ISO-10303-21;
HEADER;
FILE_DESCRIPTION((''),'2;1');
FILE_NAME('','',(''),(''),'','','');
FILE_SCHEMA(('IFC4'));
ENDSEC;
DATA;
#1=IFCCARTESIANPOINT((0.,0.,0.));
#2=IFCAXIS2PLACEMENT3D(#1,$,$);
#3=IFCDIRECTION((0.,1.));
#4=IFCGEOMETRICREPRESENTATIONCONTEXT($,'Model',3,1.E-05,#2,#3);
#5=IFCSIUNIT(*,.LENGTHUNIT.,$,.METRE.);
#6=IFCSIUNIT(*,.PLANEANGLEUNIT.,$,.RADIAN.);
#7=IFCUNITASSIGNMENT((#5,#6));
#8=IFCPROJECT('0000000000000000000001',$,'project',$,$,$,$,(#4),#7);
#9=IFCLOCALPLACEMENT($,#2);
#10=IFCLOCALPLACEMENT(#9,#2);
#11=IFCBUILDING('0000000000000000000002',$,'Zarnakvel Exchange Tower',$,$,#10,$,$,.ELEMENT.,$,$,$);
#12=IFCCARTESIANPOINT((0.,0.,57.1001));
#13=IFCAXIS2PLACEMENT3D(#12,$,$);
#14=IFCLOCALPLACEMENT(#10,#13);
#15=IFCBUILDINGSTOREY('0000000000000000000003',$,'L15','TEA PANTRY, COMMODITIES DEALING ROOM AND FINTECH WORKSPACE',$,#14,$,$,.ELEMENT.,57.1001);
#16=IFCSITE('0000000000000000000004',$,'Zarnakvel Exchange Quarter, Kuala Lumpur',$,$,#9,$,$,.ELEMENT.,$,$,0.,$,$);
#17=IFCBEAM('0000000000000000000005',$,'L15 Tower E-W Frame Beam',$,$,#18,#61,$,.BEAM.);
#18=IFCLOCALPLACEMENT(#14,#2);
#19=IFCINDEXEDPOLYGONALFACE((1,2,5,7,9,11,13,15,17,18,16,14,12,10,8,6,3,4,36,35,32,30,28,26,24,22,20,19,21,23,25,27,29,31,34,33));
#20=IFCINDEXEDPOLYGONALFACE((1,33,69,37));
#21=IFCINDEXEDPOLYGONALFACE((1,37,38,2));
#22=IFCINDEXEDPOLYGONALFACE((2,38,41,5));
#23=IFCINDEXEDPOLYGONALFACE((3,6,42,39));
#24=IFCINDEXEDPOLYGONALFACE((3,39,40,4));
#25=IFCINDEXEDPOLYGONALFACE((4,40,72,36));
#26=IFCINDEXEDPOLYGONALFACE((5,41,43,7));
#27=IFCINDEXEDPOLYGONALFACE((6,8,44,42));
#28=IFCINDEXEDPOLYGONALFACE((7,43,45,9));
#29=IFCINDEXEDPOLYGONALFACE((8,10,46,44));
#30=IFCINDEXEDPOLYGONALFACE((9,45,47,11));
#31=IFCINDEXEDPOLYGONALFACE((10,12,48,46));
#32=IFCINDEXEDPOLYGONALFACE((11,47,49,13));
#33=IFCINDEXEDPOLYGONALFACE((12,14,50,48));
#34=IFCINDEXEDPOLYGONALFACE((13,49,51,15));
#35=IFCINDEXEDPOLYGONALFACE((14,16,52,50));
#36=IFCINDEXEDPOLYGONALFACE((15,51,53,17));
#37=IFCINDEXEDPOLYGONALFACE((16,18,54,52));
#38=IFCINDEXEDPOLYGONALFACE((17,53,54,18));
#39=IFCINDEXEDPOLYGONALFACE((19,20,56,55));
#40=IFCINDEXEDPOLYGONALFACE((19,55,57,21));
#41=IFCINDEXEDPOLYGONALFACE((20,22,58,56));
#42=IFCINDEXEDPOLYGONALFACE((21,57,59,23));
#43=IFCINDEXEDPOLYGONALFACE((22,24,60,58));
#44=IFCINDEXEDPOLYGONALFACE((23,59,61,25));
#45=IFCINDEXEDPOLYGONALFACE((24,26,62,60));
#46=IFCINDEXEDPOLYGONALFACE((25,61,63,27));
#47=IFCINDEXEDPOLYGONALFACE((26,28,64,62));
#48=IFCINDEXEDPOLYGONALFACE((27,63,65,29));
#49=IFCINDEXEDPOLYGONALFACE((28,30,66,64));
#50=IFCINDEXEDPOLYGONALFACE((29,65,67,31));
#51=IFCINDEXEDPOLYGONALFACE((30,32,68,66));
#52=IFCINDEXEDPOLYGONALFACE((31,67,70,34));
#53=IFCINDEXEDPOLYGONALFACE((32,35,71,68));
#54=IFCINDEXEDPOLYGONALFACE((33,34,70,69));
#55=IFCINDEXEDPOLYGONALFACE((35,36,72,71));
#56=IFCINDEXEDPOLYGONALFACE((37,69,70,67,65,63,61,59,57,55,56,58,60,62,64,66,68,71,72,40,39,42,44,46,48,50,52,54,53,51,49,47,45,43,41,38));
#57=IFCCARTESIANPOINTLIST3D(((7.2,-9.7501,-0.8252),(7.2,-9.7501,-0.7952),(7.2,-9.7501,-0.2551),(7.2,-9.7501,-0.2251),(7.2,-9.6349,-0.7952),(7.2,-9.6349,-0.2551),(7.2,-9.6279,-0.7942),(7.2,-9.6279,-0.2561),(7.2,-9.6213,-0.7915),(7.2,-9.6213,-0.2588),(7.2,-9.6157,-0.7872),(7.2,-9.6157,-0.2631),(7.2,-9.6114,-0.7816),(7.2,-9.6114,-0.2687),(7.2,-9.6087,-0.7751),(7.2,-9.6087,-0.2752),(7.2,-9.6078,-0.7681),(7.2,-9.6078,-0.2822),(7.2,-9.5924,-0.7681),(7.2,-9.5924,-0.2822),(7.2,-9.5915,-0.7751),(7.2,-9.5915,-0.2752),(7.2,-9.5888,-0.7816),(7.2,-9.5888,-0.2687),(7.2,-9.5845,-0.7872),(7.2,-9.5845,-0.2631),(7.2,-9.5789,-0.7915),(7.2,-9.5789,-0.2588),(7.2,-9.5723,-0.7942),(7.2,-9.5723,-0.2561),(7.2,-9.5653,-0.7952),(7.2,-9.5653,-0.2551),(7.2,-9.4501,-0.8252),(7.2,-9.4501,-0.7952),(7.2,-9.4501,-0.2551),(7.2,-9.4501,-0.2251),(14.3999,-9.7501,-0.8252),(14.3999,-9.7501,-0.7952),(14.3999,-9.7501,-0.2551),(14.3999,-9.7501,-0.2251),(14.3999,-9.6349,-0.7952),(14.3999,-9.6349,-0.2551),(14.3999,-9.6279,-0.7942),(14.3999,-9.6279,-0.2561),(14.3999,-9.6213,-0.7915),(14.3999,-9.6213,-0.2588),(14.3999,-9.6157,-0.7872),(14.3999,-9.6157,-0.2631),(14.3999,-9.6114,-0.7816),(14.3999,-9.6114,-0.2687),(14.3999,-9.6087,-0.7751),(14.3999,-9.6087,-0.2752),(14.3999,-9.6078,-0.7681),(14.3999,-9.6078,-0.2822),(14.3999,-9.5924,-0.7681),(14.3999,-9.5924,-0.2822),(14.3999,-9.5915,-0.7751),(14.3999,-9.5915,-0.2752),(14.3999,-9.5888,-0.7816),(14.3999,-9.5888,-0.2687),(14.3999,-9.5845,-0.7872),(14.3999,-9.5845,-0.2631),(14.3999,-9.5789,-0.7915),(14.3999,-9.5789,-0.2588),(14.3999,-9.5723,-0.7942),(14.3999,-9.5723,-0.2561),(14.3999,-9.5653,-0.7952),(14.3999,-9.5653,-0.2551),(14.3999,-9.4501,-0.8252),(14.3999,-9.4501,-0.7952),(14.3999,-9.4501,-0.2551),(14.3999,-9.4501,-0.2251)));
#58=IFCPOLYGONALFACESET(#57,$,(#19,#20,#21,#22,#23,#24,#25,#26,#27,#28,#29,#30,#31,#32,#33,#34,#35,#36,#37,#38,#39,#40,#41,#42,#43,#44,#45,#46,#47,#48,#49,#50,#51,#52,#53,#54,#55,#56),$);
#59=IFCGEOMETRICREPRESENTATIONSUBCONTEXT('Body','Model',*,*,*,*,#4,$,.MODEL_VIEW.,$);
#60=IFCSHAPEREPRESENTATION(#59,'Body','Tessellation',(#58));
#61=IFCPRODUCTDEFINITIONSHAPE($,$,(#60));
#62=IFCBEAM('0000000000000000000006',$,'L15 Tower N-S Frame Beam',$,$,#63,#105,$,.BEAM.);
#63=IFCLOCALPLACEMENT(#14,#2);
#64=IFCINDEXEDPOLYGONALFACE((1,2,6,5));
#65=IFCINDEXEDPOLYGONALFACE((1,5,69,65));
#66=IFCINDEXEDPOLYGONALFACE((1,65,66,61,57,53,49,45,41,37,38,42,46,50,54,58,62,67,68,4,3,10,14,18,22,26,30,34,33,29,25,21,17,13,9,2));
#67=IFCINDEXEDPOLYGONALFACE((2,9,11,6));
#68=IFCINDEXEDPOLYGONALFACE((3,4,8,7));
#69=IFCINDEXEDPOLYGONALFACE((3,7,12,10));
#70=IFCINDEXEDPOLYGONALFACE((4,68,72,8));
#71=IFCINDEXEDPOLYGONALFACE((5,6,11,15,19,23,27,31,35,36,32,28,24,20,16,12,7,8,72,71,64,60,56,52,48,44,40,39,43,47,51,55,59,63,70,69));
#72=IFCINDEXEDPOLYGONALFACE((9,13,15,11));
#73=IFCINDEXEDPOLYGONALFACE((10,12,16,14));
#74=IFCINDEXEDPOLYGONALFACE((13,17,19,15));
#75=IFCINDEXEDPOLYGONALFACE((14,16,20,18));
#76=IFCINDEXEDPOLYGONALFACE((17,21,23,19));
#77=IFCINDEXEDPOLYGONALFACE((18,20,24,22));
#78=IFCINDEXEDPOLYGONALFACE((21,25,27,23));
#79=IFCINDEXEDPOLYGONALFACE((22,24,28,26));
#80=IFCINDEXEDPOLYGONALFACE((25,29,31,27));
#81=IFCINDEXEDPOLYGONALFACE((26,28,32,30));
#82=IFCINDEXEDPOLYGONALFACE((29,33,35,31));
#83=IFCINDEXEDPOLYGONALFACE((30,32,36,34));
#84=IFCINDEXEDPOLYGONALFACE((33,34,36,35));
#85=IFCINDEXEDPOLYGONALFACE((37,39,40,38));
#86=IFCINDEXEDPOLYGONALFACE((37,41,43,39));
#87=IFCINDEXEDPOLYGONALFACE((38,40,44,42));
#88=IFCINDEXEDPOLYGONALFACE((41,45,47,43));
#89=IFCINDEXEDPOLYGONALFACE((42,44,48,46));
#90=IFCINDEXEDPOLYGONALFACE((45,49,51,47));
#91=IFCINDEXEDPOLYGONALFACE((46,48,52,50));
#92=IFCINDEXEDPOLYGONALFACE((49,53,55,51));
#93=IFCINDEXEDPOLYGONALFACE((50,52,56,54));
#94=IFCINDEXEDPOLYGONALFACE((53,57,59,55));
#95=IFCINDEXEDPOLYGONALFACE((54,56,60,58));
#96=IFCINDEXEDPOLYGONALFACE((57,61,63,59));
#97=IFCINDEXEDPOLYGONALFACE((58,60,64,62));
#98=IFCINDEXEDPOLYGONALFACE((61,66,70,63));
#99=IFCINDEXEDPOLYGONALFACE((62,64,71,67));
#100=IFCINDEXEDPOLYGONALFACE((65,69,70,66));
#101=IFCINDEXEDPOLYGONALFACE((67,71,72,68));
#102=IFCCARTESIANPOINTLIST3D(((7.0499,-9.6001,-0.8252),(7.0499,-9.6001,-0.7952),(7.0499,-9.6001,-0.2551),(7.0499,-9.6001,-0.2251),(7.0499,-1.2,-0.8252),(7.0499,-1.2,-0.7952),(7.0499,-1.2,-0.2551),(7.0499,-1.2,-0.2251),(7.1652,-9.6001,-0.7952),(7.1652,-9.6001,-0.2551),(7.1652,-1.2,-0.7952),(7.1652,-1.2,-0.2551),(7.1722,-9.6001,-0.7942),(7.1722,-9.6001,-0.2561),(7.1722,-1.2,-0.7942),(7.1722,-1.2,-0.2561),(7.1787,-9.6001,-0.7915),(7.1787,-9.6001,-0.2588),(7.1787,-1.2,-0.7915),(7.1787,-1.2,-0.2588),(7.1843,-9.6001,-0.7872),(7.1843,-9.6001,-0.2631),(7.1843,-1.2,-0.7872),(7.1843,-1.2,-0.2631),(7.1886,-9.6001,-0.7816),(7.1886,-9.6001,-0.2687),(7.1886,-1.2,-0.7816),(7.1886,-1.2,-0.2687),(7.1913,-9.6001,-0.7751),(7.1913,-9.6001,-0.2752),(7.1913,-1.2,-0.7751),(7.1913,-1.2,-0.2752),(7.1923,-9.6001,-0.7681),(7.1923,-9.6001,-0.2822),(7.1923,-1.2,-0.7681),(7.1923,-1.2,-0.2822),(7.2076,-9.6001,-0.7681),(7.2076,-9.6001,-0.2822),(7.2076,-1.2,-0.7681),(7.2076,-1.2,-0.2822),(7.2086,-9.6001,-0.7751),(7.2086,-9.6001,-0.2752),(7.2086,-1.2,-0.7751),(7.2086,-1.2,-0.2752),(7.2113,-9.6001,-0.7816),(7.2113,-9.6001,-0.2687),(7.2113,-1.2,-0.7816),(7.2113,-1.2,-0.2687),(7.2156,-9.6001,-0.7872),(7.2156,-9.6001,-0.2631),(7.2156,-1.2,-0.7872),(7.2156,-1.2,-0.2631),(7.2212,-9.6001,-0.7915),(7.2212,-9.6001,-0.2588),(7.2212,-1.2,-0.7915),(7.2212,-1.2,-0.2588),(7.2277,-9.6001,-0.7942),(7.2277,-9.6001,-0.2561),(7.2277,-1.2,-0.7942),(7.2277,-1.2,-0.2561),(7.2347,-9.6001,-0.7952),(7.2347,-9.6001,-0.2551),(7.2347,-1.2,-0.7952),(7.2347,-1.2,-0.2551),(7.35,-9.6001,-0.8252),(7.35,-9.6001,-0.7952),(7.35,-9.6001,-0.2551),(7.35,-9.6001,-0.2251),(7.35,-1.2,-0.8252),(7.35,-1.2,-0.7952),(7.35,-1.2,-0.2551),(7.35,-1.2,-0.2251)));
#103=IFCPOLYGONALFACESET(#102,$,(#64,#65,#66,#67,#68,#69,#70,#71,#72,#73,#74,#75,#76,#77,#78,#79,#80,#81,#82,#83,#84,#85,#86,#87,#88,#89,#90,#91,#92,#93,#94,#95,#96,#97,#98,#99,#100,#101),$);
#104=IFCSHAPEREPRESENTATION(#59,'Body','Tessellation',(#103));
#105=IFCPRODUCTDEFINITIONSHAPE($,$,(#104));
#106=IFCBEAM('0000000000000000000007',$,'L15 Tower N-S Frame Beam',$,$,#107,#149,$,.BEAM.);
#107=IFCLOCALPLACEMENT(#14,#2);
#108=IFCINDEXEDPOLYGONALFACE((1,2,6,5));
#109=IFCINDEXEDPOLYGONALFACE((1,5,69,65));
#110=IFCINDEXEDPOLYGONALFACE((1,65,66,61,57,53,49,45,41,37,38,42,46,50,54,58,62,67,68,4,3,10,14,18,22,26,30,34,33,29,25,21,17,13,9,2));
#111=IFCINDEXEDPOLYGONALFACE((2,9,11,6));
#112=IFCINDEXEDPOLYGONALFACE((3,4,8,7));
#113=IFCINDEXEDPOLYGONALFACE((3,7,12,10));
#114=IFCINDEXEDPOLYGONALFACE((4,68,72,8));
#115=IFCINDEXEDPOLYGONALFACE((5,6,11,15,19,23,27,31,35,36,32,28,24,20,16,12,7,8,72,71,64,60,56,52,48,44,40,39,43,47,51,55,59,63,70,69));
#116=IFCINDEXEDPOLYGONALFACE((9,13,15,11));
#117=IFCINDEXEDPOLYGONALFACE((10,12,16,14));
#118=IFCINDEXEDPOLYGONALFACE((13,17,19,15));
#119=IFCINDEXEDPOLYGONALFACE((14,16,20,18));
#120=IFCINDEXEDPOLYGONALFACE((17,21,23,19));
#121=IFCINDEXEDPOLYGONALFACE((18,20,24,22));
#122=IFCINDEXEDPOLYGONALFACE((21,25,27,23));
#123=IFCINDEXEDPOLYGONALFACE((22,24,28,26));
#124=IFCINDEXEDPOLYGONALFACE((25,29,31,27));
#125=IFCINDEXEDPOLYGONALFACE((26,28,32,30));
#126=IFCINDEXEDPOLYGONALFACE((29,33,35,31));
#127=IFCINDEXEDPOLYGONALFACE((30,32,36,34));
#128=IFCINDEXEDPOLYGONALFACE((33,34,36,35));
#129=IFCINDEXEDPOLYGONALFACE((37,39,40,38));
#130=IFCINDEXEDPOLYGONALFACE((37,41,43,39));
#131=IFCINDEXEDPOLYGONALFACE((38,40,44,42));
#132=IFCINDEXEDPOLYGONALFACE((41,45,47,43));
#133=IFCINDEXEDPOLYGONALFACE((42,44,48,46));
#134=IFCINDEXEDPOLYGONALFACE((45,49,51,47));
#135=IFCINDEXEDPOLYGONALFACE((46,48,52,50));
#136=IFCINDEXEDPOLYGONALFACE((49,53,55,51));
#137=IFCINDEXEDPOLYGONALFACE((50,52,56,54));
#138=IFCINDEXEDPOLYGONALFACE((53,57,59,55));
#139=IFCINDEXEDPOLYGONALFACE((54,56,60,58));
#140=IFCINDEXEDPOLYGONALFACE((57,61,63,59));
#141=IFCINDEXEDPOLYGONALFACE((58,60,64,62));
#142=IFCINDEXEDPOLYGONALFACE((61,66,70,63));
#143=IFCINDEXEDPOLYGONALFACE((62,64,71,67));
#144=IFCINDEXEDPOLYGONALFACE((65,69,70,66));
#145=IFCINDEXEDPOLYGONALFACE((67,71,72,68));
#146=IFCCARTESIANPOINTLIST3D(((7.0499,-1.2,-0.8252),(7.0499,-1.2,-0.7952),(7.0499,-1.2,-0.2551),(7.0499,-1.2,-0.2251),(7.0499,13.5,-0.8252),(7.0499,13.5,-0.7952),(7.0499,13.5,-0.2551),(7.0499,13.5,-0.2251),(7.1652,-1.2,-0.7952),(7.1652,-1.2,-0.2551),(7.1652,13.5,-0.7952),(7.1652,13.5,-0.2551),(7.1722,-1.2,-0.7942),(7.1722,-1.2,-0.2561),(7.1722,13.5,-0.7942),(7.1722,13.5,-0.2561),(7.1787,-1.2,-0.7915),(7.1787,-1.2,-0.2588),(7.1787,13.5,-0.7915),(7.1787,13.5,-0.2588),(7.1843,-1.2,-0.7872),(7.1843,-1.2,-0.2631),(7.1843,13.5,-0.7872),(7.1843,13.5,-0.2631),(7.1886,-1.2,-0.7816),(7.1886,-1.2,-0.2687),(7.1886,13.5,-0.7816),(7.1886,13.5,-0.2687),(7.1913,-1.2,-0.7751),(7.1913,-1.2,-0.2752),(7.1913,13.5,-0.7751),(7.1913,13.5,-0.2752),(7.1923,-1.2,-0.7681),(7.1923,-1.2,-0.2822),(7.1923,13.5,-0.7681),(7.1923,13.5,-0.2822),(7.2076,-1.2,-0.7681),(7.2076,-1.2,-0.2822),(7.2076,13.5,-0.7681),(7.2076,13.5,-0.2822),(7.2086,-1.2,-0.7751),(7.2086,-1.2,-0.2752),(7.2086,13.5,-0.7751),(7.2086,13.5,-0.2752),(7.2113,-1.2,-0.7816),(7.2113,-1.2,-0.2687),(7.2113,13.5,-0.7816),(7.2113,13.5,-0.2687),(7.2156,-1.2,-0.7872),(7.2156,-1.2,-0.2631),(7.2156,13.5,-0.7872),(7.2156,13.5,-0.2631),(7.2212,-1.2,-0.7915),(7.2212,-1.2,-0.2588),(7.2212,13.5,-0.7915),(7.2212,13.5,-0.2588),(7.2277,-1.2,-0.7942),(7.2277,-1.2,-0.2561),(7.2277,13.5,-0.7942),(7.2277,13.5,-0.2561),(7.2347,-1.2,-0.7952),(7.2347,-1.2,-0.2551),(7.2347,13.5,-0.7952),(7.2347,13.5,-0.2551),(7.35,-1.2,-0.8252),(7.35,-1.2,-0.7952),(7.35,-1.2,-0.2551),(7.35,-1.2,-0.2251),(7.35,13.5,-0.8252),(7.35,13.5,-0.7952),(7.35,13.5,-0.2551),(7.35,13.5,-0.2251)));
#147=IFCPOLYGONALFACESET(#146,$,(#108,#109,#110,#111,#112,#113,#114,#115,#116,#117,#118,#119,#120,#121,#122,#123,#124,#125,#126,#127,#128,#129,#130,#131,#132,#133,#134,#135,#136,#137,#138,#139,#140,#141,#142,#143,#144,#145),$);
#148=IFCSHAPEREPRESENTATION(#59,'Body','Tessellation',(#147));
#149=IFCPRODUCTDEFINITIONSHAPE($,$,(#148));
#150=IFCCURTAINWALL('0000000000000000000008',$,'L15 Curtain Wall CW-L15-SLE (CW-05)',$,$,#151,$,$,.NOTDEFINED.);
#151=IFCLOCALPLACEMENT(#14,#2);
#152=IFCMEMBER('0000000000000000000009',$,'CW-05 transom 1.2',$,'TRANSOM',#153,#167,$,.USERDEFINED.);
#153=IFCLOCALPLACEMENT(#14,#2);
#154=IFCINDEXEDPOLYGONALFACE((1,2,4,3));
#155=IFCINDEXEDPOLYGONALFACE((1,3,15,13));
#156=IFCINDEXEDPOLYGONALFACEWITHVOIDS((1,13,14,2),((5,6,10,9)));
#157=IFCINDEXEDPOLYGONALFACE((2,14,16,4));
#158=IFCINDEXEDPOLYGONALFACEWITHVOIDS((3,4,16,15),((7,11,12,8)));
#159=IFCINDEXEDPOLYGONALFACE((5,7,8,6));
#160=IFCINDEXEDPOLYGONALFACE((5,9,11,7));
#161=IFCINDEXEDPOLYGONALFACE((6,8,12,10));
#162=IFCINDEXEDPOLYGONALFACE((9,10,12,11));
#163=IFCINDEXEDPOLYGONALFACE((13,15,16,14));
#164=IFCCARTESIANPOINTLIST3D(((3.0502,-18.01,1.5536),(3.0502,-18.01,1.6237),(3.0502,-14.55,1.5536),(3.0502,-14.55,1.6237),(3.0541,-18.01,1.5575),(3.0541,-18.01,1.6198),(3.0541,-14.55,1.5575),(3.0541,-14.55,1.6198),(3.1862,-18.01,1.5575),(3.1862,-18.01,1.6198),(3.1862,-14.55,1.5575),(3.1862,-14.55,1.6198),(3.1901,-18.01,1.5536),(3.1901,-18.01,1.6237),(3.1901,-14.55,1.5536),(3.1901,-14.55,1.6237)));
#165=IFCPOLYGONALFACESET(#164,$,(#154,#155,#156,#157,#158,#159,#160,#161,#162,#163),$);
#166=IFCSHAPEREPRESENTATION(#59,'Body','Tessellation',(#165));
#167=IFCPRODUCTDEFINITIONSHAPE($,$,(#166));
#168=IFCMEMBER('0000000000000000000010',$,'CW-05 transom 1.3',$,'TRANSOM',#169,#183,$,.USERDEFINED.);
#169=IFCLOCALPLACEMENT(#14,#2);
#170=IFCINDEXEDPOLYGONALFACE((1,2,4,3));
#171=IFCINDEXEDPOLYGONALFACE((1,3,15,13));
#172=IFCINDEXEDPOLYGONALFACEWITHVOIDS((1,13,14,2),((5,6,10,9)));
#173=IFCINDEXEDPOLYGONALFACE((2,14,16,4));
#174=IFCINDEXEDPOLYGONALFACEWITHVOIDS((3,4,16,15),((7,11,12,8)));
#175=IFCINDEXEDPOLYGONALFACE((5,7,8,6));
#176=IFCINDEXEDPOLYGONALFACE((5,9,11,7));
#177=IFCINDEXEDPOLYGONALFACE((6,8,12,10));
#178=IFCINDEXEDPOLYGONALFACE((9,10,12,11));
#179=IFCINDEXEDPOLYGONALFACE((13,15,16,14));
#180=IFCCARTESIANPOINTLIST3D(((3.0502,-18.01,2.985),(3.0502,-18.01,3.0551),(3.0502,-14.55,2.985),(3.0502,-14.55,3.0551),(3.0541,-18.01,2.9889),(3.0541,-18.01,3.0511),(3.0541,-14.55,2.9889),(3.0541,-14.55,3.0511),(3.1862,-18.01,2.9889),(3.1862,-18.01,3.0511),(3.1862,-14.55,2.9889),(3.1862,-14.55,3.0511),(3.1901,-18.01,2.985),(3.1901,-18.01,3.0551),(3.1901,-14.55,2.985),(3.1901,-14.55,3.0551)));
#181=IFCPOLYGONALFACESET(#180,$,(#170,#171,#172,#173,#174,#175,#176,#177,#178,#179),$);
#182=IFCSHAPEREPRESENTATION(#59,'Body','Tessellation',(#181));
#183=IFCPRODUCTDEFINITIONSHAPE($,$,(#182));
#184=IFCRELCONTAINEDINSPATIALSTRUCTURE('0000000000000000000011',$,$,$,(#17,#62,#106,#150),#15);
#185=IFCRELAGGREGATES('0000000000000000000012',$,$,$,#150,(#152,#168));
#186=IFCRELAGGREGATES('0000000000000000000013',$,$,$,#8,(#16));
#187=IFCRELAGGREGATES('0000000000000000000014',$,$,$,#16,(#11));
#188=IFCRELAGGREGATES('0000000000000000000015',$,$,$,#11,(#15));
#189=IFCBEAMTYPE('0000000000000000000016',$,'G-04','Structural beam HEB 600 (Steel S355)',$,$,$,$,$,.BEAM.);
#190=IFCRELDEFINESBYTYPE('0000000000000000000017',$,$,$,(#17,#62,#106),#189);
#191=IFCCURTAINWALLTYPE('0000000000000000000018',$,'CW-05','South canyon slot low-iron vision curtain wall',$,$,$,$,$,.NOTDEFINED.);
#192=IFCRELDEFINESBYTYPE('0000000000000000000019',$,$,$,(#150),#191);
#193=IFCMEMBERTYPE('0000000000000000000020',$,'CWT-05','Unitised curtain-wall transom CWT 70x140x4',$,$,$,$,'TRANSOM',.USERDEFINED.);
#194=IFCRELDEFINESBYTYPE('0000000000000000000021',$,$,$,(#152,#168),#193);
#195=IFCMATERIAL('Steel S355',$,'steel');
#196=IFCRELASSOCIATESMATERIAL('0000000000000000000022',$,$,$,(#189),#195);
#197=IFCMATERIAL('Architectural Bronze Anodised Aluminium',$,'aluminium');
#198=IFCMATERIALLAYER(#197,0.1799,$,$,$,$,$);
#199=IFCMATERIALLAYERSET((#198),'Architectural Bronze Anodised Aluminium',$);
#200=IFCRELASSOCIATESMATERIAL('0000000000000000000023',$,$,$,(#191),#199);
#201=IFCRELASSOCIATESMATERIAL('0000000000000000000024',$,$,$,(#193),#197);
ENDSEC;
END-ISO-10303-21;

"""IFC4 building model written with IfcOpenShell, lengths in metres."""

from ifc_helpers import new_model, si_unit, direction, frame, origin, origin_2d, place, context, subcontext, project, spatial, hollow_rectangle, i_section, extrude, source, transform, mapped, material, layer, layer_set, material_profile, profile_set, type_object, element, aggregate, save


model = new_model("IFC4")

# Units and contexts
model_context = context("Model", 3, precision=1e-05, world=origin(), true_north=direction((0.0, 1.0)))
body_context = subcontext(model_context, "Body", "Model", "MODEL_VIEW")
ifc_project = project(units=[si_unit("LENGTHUNIT", "METRE"), si_unit("PLANEANGLEUNIT", "RADIAN")], contexts=[model_context])

# Site, building, storey
site_placement = place(None, origin())
site = spatial("IfcSite", under=ifc_project, at=site_placement, Name="Zarnakvel Exchange Quarter, Kuala Lumpur", CompositionType="ELEMENT", RefElevation=0.0)
building_placement = place(site_placement, origin())
building = spatial("IfcBuilding", under=site, at=building_placement, Name="Zarnakvel Exchange Tower", CompositionType="ELEMENT")
storey_placement = place(building_placement, frame((0.0, 0.0, 57.1001)))
storey = spatial("IfcBuildingStorey", under=building, at=storey_placement, Name="L15", Description="TEA PANTRY, COMMODITIES DEALING ROOM AND FINTECH WORKSPACE", CompositionType="ELEMENT", Elevation=57.1001)

# Beams
ifc_material_1 = material(Name="Steel S355", Category="steel")
ifc_material_profile_1 = material_profile(ifc_material_1, i_section(OverallWidth=0.3, OverallDepth=0.6001, WebThickness=0.0154, FlangeThickness=0.03, FilletRadius=0.0271, at=origin_2d()))
ifc_profile_set_1 = profile_set([ifc_material_profile_1], Name="Steel S355")
beam_type_1 = type_object("IfcBeamType", Name="G-04", Description="Structural beam HEB 600 (Steel S355)", PredefinedType="BEAM", material=ifc_profile_set_1)
beam_1_placement = place(storey_placement, frame((7.2, -9.6001, -0.5251), z_axis=(1.0, 0.0, 0.0), x_axis=(0.0, 1.0, 0.0)))
element("IfcBeam", 1, at=beam_1_placement, inside=storey, type_object=beam_type_1, Name="L15 Tower E-W Frame Beam", PredefinedType="BEAM", context=body_context, shape_type="SweptSolid", body=[
    extrude(i_section(OverallWidth=0.3, OverallDepth=0.6001, WebThickness=0.0154, FlangeThickness=0.03, FilletRadius=0.0271, at=origin_2d()), origin(), (0.0, 0.0, 1.0), 7.2),
])
beam_2_placement = place(storey_placement, frame((7.2, -9.6001, -0.5251), z_axis=(0.0, 1.0, 0.0), x_axis=(-1.0, 0.0, 0.0)))
element("IfcBeam", 2, at=beam_2_placement, inside=storey, type_object=beam_type_1, Name="L15 Tower N-S Frame Beam", PredefinedType="BEAM", context=body_context, shape_type="SweptSolid", body=[
    extrude(i_section(OverallWidth=0.3, OverallDepth=0.6001, WebThickness=0.0154, FlangeThickness=0.03, FilletRadius=0.0271, at=origin_2d()), origin(), (0.0, 0.0, 1.0), 8.4001),
])
beam_3_placement = place(storey_placement, frame((7.2, -1.2, -0.5251), z_axis=(0.0, 1.0, 0.0), x_axis=(-1.0, 0.0, 0.0)))
element("IfcBeam", 3, at=beam_3_placement, inside=storey, type_object=beam_type_1, Name="L15 Tower N-S Frame Beam", PredefinedType="BEAM", context=body_context, shape_type="SweptSolid", body=[
    extrude(i_section(OverallWidth=0.3, OverallDepth=0.6001, WebThickness=0.0154, FlangeThickness=0.03, FilletRadius=0.0271, at=origin_2d()), origin(), (0.0, 0.0, 1.0), 14.7),
])

# Curtain wall, members
ifc_material_2 = material(Name="Architectural Bronze Anodised Aluminium", Category="aluminium")
ifc_layer_1 = layer(ifc_material_2, 0.1799)
ifc_layer_set_1 = layer_set([ifc_layer_1], Name="Architectural Bronze Anodised Aluminium")
curtain_wall_type = type_object("IfcCurtainWallType", Name="CW-05", Description="South canyon slot low-iron vision curtain wall", PredefinedType="NOTDEFINED", material=ifc_layer_set_1)
curtain_wall_1_placement = place(storey_placement, origin())
curtain_wall_1 = element("IfcCurtainWall", 4, at=curtain_wall_1_placement, inside=storey, type_object=curtain_wall_type, Name="L15 Curtain Wall CW-L15-SLE (CW-05)", PredefinedType="NOTDEFINED")
ifc_material_profile_2 = material_profile(ifc_material_2, hollow_rectangle(XDim=0.1399, YDim=0.0701, WallThickness=0.0039, at=origin_2d()))
ifc_profile_set_2 = profile_set([ifc_material_profile_2], Name="Architectural Bronze Anodised Aluminium")
member_type_1 = type_object("IfcMemberType", Name="CWT-05", Description="Unitised curtain-wall transom CWT 70x140x4", ElementType="TRANSOM", PredefinedType="USERDEFINED", material=ifc_profile_set_2)
shared_shape_1 = source(origin(), body_context, "Body", "SweptSolid", [
    extrude(hollow_rectangle(XDim=0.1399, YDim=0.0701, WallThickness=0.0039, at=origin_2d()), origin(), (0.0, 0.0, 1.0), 3.46),
])
member_1_placement = place(storey_placement, frame((3.1201, -14.55, 1.5886), z_axis=(0.0, -1.0, 0.0), x_axis=(1.0, 0.0, 0.0)))
member_1 = element("IfcMember", 5, at=member_1_placement, type_object=member_type_1, Name="CW-05 transom 1.2", ObjectType="TRANSOM", PredefinedType="USERDEFINED", context=body_context, shape_type="MappedRepresentation", body=[
    mapped(shared_shape_1, transform((0.0, 0.0, 0.0), x_axis=(1.0, 0.0, 0.0), y_axis=(0.0, 1.0, 0.0), z_axis=(0.0, 0.0, 1.0), scale=1.0)),
])
member_2_placement = place(storey_placement, frame((3.1201, -14.55, 3.02), z_axis=(0.0, -1.0, 0.0), x_axis=(1.0, 0.0, 0.0)))
member_2 = element("IfcMember", 6, at=member_2_placement, type_object=member_type_1, Name="CW-05 transom 1.3", ObjectType="TRANSOM", PredefinedType="USERDEFINED", context=body_context, shape_type="MappedRepresentation", body=[
    mapped(shared_shape_1, transform((0.0, 0.0, 0.0), x_axis=(1.0, 0.0, 0.0), y_axis=(0.0, 1.0, 0.0), z_axis=(0.0, 0.0, 1.0), scale=1.0)),
])

aggregate(curtain_wall_1, [member_1, member_2])

save(model, "model.ifc")
